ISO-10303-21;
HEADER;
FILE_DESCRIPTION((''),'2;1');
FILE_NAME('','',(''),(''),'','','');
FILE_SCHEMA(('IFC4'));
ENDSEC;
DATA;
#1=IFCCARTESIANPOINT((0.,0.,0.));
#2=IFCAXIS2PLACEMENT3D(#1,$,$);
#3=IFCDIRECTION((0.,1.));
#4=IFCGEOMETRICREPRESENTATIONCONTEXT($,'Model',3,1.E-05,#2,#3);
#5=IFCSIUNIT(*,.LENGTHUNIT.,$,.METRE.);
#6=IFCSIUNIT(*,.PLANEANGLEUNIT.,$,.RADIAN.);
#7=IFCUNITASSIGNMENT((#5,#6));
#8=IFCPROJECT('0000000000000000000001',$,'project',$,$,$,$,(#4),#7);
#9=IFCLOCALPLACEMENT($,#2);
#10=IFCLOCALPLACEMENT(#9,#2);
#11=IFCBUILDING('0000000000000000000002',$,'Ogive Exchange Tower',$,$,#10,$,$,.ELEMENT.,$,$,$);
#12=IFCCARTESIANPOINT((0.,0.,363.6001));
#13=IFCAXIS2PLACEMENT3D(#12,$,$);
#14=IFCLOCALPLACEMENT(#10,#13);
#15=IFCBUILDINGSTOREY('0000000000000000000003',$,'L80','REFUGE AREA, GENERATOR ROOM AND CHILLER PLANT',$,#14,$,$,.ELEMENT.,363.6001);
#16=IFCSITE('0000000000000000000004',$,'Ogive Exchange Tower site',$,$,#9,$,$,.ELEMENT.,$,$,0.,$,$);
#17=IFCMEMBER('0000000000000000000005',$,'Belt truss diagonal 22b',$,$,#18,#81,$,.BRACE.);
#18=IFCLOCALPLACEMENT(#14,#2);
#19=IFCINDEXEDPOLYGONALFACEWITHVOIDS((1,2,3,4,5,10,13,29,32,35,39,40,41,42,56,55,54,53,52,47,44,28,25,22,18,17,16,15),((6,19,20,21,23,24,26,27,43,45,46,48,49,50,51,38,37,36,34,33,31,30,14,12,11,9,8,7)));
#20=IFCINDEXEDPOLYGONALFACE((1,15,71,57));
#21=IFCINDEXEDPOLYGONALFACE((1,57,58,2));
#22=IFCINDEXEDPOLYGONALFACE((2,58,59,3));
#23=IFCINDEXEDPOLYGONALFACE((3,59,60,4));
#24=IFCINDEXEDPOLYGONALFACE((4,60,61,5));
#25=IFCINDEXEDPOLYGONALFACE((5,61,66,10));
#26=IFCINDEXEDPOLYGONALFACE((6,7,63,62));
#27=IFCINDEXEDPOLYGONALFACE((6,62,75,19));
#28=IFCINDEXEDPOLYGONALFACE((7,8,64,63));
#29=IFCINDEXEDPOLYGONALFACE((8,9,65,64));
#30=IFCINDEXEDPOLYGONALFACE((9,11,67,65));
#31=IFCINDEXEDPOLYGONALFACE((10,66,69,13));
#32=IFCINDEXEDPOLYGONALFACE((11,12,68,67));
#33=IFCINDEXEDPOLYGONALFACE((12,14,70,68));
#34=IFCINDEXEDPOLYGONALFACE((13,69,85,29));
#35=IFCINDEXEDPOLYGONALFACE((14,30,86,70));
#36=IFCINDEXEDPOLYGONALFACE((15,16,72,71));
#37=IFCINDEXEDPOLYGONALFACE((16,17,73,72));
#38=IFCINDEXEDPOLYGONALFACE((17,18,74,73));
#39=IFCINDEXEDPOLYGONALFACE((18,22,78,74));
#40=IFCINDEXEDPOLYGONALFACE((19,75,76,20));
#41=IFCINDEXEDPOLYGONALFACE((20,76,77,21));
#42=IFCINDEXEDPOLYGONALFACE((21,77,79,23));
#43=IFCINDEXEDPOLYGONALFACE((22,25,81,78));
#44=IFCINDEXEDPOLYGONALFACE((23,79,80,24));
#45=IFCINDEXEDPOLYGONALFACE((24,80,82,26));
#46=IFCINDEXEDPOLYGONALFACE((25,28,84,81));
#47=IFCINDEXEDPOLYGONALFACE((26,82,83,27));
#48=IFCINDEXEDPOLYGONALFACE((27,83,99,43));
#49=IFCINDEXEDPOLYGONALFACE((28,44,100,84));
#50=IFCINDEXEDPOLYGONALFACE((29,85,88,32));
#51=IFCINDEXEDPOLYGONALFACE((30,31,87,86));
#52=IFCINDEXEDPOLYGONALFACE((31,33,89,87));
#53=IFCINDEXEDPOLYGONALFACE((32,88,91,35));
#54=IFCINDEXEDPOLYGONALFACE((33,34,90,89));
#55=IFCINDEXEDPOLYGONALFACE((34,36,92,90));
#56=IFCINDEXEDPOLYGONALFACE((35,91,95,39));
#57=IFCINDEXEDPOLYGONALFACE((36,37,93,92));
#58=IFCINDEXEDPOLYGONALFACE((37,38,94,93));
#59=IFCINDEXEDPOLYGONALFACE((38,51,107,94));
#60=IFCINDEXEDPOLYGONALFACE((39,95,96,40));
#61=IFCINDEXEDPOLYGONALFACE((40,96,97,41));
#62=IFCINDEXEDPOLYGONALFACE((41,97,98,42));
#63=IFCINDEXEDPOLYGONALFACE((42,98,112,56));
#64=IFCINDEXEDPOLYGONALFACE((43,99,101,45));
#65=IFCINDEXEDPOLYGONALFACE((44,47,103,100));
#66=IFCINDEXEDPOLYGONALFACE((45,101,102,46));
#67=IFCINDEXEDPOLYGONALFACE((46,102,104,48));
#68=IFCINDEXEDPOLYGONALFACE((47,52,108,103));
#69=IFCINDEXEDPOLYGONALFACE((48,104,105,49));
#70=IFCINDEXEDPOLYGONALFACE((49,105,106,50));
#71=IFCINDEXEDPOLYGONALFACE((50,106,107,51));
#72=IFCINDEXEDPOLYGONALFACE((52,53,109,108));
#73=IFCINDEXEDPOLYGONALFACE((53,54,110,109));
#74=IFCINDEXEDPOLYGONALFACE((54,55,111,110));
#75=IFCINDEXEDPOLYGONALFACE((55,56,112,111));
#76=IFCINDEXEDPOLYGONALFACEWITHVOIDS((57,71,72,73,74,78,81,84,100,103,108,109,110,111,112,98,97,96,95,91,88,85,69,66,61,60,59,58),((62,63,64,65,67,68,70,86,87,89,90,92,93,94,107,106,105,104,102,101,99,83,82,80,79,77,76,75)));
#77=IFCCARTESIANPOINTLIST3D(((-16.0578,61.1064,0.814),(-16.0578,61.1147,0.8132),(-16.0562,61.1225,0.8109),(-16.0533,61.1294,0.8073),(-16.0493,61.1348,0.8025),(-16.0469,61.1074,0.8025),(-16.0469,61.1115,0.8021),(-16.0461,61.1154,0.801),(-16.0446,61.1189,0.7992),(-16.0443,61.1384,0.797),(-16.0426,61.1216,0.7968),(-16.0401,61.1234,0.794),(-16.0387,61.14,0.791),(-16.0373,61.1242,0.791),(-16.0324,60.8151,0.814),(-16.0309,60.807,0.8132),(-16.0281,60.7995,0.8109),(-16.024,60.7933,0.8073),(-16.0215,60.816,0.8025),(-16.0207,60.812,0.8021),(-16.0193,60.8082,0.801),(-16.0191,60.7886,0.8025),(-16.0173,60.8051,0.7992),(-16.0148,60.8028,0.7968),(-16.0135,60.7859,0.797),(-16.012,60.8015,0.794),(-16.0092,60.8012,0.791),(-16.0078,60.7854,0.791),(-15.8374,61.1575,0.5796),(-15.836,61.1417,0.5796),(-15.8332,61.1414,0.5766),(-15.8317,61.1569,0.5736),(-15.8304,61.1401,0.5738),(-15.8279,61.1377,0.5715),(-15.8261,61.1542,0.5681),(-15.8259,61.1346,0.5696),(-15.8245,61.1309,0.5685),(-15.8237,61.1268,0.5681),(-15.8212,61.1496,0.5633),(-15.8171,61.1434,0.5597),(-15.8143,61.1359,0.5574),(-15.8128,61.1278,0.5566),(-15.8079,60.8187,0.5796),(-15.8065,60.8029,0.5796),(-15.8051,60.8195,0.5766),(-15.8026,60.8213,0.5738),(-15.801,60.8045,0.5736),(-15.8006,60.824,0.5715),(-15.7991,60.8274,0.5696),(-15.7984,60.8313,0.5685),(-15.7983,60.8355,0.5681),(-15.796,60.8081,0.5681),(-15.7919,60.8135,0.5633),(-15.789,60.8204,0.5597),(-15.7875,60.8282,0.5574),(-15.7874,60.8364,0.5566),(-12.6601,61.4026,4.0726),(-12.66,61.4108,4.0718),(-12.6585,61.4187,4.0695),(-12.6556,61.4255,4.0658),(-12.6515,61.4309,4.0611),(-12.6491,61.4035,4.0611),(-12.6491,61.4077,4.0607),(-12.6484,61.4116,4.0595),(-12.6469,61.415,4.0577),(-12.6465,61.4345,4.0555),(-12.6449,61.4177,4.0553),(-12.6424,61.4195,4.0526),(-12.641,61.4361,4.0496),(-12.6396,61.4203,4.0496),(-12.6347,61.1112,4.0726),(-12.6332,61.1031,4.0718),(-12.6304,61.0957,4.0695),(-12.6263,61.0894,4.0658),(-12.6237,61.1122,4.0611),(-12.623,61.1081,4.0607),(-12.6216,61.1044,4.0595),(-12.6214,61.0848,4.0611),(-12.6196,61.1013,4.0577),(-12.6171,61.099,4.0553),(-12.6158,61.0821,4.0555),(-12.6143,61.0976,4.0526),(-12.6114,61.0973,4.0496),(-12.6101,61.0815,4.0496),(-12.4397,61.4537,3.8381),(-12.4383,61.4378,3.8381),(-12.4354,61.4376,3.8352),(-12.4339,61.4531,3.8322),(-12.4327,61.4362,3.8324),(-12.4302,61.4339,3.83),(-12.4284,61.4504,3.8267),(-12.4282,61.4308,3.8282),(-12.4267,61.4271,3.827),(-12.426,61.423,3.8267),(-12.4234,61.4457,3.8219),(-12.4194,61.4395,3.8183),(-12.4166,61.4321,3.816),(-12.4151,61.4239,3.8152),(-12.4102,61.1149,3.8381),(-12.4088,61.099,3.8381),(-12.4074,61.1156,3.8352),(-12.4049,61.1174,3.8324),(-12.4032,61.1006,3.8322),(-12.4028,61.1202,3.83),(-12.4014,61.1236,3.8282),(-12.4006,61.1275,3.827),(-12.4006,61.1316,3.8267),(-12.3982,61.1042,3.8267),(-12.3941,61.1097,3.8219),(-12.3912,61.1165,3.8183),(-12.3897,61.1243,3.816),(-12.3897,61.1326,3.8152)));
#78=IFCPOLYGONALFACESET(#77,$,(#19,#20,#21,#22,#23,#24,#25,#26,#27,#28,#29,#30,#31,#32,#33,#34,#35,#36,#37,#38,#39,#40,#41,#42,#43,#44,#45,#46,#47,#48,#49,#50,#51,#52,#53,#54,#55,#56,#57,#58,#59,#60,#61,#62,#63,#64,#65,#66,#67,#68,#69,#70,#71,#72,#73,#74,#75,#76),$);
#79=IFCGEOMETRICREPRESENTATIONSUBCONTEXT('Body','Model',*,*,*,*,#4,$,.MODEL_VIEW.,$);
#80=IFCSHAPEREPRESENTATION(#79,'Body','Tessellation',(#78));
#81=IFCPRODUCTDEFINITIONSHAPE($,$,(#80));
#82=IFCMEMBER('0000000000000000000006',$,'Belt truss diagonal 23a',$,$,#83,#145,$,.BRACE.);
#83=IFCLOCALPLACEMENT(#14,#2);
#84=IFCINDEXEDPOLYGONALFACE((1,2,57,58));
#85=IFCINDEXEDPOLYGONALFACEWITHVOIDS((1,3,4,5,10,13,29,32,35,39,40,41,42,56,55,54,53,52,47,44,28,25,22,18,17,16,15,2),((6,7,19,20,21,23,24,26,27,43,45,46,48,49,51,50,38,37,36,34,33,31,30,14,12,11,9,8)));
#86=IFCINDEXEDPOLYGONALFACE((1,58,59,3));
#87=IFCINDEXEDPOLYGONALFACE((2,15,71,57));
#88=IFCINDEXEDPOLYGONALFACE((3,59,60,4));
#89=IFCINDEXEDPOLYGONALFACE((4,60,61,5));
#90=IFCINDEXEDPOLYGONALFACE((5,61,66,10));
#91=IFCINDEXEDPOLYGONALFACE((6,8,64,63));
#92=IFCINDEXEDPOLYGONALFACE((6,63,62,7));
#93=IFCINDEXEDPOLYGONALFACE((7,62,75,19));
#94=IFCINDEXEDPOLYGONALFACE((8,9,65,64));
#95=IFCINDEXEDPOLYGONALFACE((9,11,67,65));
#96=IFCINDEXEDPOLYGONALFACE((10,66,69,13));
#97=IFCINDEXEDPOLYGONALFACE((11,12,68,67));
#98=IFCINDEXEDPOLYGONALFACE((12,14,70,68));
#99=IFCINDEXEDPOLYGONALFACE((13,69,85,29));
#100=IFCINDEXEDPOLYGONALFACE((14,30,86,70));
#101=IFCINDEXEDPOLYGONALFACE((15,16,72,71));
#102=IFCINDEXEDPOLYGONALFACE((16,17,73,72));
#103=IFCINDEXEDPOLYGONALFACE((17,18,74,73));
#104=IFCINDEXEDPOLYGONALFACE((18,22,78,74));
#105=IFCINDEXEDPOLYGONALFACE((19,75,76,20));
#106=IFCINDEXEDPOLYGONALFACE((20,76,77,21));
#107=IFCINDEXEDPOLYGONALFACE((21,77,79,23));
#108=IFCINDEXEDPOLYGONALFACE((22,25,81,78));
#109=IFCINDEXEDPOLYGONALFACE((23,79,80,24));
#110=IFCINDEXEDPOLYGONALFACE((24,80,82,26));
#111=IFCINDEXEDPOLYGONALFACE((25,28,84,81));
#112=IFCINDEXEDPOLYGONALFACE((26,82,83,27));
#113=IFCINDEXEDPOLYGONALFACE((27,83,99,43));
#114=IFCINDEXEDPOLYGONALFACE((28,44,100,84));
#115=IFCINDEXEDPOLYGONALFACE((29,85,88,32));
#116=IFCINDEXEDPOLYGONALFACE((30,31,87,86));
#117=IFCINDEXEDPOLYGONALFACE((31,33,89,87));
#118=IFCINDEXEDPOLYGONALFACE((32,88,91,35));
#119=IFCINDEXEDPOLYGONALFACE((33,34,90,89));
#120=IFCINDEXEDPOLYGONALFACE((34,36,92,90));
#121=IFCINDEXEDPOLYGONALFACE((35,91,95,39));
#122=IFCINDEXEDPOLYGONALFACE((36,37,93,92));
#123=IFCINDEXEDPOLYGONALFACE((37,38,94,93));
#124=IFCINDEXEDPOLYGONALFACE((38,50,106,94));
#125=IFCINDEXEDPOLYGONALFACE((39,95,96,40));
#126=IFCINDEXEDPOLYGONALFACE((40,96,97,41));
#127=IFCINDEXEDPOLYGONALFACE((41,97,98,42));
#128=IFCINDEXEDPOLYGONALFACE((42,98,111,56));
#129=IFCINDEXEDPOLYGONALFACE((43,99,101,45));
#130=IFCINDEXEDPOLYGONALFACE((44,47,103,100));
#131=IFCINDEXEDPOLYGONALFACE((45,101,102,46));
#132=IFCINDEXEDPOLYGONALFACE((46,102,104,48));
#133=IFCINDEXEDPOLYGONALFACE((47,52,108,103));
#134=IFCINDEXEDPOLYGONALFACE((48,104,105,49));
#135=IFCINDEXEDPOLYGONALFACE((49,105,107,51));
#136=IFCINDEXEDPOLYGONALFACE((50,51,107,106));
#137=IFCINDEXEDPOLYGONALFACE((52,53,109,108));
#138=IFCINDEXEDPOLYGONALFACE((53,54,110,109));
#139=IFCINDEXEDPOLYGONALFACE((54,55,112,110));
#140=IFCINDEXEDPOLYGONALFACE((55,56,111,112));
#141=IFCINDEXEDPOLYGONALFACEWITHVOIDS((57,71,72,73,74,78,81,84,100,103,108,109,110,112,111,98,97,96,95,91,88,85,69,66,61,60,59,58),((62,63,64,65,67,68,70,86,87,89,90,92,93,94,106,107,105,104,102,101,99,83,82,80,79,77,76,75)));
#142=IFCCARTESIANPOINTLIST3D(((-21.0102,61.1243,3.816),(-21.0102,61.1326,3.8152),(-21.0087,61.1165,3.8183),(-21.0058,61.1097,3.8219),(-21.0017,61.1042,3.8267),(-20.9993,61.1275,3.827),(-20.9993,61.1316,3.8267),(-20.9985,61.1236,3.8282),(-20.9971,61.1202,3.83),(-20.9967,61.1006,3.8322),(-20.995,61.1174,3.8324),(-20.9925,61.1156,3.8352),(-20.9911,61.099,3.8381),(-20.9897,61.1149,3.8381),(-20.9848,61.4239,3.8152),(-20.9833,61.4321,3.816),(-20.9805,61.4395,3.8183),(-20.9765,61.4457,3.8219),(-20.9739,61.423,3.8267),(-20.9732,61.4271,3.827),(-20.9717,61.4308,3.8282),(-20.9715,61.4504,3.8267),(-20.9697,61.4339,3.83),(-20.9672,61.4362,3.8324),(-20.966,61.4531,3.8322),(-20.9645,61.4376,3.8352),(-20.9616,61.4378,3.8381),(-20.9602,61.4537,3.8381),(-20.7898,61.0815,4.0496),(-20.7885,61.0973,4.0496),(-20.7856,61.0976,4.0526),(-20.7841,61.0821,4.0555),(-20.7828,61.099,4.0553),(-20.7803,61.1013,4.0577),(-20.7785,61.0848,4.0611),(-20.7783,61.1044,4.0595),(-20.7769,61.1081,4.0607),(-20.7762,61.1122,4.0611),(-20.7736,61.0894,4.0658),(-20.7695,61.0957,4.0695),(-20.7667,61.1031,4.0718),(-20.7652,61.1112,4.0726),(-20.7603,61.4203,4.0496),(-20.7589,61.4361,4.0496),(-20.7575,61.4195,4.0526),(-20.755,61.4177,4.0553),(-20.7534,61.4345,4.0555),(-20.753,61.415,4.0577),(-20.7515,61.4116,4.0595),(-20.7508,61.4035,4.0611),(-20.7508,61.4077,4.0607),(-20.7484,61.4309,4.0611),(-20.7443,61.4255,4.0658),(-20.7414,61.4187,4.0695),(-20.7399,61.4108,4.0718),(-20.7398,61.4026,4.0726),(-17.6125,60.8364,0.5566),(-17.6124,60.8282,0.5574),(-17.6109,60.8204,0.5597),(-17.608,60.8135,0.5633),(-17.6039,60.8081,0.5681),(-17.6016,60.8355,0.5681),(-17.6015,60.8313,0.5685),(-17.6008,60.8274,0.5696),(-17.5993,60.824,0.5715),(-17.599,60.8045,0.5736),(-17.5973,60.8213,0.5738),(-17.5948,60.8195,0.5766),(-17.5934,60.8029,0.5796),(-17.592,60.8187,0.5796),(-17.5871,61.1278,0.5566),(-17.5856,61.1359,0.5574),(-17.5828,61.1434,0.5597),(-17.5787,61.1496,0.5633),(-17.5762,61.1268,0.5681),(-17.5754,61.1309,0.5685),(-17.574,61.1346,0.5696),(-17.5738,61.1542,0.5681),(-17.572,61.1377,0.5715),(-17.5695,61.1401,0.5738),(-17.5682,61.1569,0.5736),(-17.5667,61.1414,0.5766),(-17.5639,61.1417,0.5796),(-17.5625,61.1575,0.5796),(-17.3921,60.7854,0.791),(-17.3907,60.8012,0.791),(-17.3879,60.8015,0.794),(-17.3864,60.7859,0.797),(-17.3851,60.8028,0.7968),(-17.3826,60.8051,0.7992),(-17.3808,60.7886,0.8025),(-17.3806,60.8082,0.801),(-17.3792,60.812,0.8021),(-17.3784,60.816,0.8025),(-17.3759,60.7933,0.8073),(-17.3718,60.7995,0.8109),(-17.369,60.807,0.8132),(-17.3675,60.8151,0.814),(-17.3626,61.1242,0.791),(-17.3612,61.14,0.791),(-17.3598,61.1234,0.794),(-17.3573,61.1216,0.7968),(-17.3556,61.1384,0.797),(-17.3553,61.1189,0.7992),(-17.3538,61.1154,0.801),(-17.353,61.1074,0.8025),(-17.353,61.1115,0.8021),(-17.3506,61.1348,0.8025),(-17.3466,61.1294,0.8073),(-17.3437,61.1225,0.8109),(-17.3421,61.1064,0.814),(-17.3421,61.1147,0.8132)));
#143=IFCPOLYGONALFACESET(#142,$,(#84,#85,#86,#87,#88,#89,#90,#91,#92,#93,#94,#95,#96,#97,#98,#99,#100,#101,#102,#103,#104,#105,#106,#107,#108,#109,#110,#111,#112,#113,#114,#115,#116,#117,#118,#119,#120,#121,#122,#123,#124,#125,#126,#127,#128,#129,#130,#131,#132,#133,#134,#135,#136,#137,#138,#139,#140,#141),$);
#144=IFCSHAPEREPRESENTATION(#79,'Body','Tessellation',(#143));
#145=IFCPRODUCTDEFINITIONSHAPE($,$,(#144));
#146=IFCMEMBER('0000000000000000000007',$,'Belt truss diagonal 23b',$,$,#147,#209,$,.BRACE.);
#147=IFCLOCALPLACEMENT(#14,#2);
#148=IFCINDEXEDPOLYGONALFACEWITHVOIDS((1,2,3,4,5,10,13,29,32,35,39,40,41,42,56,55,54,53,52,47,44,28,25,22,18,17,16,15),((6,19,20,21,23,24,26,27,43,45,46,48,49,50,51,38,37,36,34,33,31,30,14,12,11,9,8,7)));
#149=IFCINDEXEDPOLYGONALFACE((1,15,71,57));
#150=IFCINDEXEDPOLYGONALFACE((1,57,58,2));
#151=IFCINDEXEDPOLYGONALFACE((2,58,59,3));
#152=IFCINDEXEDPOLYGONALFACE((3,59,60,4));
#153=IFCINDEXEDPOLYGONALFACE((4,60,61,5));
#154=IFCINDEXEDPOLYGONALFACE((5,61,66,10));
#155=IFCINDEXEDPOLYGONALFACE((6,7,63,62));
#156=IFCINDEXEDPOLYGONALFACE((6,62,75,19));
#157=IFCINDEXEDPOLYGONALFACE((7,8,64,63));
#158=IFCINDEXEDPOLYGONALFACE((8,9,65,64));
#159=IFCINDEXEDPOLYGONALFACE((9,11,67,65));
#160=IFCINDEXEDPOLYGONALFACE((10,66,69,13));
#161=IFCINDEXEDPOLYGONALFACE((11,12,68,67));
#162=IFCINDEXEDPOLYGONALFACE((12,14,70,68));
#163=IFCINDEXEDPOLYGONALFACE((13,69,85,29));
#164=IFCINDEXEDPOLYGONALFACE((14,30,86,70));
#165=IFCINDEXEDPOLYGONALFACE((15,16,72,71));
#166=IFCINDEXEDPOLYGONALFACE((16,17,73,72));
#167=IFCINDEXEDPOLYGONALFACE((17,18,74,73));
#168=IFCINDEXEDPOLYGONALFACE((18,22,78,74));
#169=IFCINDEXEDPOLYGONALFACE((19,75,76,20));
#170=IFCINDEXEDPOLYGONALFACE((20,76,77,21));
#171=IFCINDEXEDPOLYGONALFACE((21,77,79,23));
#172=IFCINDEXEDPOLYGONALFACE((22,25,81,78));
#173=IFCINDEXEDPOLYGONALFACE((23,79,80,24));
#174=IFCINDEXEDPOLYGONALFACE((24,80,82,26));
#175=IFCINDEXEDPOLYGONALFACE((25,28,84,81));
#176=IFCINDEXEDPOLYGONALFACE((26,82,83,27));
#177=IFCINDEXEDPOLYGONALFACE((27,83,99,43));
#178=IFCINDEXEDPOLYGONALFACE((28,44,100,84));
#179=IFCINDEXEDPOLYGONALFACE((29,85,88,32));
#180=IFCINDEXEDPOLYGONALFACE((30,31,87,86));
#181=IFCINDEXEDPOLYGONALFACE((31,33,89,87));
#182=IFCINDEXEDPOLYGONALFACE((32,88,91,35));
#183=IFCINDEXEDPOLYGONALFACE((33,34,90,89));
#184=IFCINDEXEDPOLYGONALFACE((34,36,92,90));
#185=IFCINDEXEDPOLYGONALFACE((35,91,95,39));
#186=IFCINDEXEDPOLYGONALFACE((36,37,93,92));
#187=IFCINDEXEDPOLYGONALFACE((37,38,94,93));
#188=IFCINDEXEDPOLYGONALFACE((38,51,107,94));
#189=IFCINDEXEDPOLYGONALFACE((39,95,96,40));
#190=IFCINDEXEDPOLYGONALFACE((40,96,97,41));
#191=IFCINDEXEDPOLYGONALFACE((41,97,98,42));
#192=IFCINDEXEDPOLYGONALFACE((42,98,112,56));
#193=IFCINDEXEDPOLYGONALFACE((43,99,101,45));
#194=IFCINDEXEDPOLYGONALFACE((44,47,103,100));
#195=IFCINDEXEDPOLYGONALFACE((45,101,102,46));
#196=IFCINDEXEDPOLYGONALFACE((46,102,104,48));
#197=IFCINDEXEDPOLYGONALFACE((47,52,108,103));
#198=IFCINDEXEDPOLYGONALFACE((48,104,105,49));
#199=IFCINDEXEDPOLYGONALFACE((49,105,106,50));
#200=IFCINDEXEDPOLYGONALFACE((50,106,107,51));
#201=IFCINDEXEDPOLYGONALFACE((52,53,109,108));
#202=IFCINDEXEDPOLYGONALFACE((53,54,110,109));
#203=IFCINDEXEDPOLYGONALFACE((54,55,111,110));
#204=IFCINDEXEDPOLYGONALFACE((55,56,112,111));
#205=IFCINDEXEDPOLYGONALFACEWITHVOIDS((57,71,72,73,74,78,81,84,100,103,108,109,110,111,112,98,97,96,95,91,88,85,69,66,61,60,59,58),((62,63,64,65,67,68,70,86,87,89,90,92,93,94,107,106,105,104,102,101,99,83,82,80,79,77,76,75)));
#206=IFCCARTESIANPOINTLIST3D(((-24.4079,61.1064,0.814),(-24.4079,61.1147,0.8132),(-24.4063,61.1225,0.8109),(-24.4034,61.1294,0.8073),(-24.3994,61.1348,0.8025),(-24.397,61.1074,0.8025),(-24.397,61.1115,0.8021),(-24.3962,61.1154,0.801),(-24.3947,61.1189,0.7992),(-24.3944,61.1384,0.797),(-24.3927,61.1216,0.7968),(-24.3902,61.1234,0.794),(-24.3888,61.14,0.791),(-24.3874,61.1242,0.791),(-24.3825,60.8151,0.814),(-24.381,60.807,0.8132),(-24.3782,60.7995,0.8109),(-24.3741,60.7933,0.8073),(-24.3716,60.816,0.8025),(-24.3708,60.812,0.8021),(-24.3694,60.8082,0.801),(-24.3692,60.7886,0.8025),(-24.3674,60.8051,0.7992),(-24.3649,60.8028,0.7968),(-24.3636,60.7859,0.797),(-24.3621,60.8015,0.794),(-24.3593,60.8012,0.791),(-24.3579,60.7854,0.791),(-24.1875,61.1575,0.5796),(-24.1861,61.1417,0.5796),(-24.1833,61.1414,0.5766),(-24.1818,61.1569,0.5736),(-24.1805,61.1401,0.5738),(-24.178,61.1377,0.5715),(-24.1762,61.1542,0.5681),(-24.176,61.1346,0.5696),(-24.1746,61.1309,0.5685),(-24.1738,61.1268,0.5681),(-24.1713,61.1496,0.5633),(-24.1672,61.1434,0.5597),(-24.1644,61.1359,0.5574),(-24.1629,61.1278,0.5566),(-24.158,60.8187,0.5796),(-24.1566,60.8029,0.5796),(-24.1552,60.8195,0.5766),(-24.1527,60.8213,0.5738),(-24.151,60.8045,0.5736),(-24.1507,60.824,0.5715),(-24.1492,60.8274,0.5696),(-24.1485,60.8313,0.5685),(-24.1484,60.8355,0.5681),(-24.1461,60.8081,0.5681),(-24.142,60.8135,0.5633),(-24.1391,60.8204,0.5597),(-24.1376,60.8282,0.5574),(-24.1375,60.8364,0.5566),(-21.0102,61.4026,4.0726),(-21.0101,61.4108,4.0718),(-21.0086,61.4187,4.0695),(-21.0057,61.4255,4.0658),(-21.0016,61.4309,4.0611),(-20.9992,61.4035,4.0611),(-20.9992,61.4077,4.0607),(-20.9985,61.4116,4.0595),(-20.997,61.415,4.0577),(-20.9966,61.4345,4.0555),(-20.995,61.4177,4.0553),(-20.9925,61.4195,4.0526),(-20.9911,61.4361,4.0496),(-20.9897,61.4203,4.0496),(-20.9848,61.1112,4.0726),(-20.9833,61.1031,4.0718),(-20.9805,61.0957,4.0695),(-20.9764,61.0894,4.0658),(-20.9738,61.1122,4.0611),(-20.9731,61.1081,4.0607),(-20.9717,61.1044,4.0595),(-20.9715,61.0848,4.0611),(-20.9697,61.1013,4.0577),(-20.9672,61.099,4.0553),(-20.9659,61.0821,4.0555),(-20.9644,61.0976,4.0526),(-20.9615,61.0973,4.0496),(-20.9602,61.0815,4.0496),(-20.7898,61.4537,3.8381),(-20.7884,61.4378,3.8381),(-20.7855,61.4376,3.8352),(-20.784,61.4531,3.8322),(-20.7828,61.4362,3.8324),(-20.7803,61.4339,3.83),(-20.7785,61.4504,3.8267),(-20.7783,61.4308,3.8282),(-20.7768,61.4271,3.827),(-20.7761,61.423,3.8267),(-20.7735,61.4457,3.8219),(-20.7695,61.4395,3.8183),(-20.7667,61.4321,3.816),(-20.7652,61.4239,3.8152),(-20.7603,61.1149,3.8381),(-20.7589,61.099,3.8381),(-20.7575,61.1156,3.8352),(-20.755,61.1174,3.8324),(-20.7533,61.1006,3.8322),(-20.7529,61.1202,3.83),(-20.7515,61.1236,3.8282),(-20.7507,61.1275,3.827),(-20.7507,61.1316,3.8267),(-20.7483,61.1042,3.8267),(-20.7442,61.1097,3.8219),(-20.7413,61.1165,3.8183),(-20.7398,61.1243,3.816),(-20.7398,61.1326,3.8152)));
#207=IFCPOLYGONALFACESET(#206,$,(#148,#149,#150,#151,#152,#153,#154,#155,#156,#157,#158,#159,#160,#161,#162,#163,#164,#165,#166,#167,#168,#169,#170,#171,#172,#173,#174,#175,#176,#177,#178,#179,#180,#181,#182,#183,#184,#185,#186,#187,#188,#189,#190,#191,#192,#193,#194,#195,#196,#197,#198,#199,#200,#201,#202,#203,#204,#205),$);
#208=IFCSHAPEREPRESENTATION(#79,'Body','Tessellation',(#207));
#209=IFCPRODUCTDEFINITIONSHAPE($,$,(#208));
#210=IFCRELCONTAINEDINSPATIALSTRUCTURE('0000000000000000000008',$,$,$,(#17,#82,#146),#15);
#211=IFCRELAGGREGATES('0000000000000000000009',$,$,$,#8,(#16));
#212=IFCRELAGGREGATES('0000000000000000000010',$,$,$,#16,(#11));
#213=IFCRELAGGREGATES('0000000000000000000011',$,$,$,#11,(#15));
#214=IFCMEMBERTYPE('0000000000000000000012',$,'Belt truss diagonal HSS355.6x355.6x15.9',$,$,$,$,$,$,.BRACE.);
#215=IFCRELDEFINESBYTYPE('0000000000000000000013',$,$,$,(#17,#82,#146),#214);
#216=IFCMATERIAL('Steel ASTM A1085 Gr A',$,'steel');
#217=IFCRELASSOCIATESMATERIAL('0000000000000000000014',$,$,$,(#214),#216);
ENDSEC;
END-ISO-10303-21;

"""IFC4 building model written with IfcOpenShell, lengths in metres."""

from ifc_helpers import new_model, si_unit, direction, frame, origin, origin_2d, place, context, subcontext, project, spatial, hollow_rectangle, extrude, material, material_profile, profile_set, type_object, element, save


model = new_model("IFC4")

# Units and contexts
model_context = context("Model", 3, precision=1e-05, world=origin(), true_north=direction((0.0, 1.0)))
body_context = subcontext(model_context, "Body", "Model", "MODEL_VIEW")
ifc_project = project(units=[si_unit("LENGTHUNIT", "METRE"), si_unit("PLANEANGLEUNIT", "RADIAN")], contexts=[model_context])

# Site, building, storey
site_placement = place(None, origin())
site = spatial("IfcSite", under=ifc_project, at=site_placement, Name="Ogive Exchange Tower site", CompositionType="ELEMENT", RefElevation=0.0)
building_placement = place(site_placement, origin())
building = spatial("IfcBuilding", under=site, at=building_placement, Name="Ogive Exchange Tower", CompositionType="ELEMENT")
storey_placement = place(building_placement, frame((0.0, 0.0, 363.6001)))
storey = spatial("IfcBuildingStorey", under=building, at=storey_placement, Name="L80", Description="REFUGE AREA, GENERATOR ROOM AND CHILLER PLANT", CompositionType="ELEMENT", Elevation=363.6001)

# Members
ifc_material_1 = material(Name="Steel ASTM A1085 Gr A", Category="steel")
ifc_material_profile_1 = material_profile(ifc_material_1, hollow_rectangle(XDim=0.356, YDim=0.356, WallThickness=0.0159, InnerFilletRadius=0.0159, OuterFilletRadius=0.0317, at=origin_2d()), Name="HSS355.6x355.6x15.9")
ifc_profile_set_1 = profile_set([ifc_material_profile_1], Name="Steel ASTM A1085 Gr A")
member_type = type_object("IfcMemberType", Name="Belt truss diagonal HSS355.6x355.6x15.9", PredefinedType="BRACE", material=ifc_profile_set_1)
for number, where, z_axis, x_axis, name in (
    (1, (-15.9226, 60.9714, 0.6853), (0.720309, 0.062782, 0.690807), (-0.08683, 0.996223, 0.0), "Belt truss diagonal 22b"),
    (2, (-17.4773, 60.9714, 0.6853), (-0.720309, 0.062782, 0.690807), (-0.08683, -0.996223, 0.0), "Belt truss diagonal 23a"),
    (3, (-24.2727, 60.9714, 0.6853), (0.720309, 0.062782, 0.690807), (-0.08683, 0.996223, 0.0), "Belt truss diagonal 23b"),
):
    element("IfcMember", number, at=place(storey_placement, frame(where, z_axis=z_axis, x_axis=x_axis)), inside=storey, type_object=member_type, Name=name, PredefinedType="BRACE", context=body_context, shape_type="SweptSolid", body=[
        extrude(hollow_rectangle(XDim=0.356, YDim=0.356, WallThickness=0.0159, InnerFilletRadius=0.0159, OuterFilletRadius=0.0317, at=origin_2d()), origin(), (0.0, 0.0, 1.0), 4.717),
    ])

save(model, "model.ifc")
